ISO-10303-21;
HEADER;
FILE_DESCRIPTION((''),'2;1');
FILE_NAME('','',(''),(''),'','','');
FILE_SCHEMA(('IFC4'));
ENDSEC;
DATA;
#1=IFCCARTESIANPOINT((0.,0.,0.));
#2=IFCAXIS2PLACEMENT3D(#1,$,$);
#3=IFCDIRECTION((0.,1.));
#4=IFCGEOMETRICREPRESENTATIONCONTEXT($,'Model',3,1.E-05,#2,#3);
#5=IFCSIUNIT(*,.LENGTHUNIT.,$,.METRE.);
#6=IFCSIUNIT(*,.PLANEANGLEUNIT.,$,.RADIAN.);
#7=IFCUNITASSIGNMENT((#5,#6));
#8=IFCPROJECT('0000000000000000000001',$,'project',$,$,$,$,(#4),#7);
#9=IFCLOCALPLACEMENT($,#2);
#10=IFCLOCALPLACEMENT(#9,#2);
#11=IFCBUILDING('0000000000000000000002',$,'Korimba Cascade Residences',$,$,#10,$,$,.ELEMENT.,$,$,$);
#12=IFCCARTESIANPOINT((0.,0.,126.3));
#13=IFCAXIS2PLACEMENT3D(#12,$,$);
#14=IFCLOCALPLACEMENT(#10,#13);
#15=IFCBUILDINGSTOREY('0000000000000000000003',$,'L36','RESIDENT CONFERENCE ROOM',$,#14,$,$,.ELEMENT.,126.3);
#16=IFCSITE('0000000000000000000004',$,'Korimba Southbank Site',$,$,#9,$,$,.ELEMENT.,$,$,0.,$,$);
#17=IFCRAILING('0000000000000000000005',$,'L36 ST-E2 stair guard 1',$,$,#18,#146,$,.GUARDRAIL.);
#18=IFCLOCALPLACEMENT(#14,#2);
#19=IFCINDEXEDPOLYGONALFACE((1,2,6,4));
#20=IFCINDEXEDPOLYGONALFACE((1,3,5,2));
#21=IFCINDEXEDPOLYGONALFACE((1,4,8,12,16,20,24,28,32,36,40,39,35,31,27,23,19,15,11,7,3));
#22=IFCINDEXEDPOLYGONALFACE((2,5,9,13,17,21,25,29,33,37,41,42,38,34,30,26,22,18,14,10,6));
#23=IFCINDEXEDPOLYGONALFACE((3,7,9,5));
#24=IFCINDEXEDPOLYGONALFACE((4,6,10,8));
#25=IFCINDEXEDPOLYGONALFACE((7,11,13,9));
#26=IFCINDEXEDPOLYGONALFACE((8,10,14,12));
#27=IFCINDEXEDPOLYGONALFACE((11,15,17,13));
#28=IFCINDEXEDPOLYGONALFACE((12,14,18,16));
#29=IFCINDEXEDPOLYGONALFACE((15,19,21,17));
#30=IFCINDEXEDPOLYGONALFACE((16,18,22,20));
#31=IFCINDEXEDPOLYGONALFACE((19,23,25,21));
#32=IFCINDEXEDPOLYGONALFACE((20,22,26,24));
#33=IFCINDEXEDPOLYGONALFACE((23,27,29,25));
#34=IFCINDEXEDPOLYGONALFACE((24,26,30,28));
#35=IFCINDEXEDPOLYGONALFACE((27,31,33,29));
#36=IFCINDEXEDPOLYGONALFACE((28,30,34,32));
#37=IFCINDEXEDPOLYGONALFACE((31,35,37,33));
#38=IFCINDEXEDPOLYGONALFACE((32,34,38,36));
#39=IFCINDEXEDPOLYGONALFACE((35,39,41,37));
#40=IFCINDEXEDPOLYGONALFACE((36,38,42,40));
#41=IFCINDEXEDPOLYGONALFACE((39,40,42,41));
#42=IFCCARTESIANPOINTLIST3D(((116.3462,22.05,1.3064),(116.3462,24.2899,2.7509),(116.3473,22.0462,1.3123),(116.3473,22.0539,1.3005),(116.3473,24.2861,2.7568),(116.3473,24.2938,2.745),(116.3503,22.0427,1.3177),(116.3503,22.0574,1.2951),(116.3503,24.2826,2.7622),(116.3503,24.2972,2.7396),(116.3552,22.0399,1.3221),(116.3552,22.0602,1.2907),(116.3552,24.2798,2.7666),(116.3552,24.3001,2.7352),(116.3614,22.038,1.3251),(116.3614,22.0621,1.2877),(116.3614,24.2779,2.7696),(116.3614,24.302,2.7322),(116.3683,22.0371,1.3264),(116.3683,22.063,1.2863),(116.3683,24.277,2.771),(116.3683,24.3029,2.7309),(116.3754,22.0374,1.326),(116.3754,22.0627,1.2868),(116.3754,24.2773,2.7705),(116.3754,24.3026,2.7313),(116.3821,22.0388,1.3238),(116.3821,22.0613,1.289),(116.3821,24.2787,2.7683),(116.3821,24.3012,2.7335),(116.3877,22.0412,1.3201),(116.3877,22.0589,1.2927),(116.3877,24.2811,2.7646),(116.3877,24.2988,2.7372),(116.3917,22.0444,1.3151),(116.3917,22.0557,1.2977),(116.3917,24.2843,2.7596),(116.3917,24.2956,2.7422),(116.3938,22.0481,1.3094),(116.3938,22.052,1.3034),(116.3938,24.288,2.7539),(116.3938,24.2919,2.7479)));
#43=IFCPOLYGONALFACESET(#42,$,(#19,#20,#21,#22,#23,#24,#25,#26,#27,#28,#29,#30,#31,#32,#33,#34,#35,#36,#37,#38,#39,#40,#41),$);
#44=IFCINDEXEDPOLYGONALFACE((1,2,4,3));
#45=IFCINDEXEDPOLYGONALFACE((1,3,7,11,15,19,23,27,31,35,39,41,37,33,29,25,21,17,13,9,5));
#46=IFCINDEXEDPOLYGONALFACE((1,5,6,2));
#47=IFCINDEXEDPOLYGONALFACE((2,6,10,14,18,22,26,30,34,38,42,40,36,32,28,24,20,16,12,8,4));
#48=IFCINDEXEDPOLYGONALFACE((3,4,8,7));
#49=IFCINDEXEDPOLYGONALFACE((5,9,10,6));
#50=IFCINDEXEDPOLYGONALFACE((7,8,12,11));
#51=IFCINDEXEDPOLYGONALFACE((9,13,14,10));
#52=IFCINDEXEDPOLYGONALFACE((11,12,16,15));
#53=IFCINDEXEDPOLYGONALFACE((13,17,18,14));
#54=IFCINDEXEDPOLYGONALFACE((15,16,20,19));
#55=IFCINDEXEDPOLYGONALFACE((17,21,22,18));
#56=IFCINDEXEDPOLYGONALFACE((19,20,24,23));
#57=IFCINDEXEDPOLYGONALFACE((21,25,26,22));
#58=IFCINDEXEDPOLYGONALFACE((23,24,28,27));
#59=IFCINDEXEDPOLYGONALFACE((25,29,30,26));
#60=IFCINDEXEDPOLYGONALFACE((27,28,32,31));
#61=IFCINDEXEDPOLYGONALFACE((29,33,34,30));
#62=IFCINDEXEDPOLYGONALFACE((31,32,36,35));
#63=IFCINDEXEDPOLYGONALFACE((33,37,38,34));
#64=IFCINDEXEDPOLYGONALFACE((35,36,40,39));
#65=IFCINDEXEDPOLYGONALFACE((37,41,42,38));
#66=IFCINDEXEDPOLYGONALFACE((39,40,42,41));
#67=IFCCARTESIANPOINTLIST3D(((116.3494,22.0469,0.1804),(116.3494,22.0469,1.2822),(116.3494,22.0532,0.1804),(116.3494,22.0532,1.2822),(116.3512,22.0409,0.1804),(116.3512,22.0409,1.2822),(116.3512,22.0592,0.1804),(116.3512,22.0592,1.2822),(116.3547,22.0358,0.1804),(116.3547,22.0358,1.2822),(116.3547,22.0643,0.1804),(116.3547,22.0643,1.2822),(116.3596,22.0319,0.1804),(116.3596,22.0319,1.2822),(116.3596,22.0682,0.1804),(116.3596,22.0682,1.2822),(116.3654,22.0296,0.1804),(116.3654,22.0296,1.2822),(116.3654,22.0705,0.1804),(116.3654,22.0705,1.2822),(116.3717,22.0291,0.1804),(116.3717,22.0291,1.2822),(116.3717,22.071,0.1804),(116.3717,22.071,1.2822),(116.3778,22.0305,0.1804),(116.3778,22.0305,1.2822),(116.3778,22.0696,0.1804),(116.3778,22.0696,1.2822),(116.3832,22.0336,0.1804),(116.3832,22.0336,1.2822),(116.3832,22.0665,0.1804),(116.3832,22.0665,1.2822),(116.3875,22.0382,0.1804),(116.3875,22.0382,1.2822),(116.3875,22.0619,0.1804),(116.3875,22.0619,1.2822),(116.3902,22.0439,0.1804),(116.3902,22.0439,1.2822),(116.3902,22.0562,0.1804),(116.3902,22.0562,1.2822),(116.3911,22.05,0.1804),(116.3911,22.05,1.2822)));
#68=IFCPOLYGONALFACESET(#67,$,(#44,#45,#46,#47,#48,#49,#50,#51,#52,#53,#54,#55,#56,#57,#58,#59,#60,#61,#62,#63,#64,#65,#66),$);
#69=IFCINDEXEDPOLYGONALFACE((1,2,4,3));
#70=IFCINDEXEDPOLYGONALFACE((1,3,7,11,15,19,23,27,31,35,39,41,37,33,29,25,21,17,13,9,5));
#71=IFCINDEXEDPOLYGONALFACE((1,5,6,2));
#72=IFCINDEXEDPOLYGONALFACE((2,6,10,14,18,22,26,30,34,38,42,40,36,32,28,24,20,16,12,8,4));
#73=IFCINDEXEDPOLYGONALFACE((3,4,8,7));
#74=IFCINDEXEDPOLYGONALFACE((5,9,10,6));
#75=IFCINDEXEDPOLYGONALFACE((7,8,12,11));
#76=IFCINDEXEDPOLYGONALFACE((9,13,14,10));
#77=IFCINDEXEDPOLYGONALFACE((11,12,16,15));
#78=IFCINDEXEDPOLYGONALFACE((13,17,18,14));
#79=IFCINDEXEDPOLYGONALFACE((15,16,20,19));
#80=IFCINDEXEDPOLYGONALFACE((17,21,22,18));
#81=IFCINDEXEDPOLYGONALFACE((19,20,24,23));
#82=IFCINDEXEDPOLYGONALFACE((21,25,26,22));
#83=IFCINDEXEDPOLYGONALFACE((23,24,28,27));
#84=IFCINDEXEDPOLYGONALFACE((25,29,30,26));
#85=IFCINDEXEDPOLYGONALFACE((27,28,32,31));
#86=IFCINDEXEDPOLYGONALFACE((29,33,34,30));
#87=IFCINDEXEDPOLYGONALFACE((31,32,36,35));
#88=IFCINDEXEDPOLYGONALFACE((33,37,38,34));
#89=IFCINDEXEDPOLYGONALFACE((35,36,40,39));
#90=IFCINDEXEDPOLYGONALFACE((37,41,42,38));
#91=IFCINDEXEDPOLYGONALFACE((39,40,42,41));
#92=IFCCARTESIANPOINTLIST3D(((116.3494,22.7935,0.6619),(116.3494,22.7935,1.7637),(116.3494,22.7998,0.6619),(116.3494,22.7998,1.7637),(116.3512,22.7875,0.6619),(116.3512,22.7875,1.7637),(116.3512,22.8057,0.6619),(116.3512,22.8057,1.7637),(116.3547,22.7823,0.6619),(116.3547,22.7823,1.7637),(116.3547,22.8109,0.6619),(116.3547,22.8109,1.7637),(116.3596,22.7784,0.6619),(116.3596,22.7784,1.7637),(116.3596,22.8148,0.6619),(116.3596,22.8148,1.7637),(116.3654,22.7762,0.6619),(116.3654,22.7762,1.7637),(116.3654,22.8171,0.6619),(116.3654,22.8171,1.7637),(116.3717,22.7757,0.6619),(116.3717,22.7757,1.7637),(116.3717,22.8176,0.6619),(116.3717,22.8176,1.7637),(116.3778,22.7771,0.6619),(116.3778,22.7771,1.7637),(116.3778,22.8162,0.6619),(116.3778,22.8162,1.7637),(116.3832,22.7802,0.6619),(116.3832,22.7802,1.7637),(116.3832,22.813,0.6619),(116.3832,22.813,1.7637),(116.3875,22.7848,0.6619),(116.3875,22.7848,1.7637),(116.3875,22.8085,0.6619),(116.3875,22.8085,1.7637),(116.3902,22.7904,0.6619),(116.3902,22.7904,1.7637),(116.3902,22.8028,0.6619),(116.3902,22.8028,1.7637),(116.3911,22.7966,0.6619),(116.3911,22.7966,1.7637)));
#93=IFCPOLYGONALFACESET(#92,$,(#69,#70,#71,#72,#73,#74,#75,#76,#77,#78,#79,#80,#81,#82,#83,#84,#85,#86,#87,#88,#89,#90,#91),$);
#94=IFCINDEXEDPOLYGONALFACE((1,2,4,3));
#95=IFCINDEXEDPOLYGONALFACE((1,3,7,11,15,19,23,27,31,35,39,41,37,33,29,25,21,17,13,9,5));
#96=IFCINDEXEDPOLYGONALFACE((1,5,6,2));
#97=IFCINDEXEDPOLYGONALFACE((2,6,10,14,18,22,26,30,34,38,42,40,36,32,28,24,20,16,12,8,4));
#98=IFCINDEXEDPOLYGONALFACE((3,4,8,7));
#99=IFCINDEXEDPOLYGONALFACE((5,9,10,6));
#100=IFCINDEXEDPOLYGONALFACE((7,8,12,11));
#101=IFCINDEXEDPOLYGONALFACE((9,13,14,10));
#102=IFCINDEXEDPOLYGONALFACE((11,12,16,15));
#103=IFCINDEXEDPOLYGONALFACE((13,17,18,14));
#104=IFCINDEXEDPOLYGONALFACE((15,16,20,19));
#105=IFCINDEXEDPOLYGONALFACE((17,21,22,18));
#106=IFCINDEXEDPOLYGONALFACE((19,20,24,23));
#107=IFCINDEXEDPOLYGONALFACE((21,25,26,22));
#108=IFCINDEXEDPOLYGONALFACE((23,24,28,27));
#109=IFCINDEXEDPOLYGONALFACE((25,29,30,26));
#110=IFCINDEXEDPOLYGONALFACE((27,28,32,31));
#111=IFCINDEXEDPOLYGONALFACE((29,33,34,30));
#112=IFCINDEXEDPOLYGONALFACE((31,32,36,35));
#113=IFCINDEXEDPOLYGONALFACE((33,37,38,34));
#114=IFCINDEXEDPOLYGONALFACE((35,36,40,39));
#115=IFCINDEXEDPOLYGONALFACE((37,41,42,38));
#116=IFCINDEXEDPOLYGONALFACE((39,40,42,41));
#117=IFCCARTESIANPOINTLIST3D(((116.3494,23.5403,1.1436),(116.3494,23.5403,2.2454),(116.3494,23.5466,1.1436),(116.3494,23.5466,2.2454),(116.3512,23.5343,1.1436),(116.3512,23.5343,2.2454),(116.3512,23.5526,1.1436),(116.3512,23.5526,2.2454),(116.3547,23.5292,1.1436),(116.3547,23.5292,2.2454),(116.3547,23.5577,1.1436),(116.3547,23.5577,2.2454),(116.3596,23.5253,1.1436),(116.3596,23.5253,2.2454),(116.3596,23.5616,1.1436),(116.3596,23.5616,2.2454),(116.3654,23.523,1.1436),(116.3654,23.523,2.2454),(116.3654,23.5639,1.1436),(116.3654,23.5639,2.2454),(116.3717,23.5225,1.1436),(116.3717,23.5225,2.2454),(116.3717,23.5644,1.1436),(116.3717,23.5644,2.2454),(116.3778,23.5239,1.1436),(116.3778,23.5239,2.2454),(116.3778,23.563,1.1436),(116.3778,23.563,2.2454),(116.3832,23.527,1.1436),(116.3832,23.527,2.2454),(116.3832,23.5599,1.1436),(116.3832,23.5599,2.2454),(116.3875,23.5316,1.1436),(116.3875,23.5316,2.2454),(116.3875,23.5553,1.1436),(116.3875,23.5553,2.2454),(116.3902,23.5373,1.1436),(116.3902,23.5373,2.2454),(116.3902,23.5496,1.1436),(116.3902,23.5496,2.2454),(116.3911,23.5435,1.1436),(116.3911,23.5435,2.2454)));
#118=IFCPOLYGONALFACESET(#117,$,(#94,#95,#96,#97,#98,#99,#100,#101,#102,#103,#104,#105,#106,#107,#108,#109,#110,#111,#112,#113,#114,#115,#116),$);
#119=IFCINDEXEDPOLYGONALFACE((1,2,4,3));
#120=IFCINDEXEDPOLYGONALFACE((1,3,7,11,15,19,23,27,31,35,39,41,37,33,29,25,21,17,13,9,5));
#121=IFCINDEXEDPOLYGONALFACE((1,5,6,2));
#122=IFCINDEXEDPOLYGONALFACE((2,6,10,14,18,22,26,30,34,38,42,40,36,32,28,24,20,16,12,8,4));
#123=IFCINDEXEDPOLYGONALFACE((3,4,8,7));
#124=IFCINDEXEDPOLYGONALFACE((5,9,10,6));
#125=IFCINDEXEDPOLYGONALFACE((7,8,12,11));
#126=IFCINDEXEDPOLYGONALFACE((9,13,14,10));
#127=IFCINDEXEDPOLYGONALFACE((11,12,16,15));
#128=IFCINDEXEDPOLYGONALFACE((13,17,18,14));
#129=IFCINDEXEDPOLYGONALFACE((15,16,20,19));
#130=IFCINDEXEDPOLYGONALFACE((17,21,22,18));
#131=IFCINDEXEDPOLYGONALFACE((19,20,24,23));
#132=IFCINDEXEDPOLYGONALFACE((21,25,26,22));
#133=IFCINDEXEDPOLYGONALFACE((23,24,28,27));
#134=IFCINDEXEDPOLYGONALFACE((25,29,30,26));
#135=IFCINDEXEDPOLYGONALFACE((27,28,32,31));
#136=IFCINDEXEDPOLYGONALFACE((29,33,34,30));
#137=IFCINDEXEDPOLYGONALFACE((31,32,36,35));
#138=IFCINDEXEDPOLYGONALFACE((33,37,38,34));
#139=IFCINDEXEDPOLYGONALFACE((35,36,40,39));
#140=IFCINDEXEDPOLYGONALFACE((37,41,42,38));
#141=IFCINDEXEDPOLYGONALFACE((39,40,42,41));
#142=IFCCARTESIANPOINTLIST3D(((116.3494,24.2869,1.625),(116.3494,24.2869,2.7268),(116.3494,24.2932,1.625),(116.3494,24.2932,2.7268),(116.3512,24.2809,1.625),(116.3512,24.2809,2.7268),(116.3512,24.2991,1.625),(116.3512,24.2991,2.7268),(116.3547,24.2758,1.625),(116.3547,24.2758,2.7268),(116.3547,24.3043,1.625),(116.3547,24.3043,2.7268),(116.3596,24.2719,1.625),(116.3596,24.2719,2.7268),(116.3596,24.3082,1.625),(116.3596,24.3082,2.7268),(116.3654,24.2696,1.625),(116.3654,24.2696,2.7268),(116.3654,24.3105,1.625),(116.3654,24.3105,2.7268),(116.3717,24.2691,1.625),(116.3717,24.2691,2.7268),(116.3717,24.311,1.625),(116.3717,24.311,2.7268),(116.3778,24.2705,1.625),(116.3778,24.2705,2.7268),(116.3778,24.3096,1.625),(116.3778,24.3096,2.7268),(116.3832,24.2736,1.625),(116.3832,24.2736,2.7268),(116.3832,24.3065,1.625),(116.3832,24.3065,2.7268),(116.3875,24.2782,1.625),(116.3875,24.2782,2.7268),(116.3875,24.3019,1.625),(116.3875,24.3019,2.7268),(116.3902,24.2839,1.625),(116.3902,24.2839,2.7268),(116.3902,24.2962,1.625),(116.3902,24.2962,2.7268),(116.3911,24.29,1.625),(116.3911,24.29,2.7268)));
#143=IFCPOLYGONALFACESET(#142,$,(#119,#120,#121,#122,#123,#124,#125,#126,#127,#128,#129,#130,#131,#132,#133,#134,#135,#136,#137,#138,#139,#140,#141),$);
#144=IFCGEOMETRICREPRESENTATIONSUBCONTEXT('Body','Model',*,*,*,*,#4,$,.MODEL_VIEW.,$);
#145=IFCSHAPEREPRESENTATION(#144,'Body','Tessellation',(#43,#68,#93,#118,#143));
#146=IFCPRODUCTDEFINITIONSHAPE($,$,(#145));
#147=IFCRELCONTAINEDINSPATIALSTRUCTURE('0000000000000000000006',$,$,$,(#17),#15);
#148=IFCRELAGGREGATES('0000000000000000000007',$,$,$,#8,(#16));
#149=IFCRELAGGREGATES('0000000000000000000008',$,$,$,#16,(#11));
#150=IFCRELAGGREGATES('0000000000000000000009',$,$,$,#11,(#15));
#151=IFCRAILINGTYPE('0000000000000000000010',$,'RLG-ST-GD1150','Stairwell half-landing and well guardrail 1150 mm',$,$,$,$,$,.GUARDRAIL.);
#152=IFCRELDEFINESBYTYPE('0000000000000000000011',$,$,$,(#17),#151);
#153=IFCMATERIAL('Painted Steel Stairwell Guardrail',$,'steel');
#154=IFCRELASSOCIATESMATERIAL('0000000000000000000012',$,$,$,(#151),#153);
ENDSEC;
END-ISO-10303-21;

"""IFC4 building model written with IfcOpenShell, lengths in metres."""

from ifc_helpers import new_model, si_unit, direction, frame, origin, origin_2d, place, context, subcontext, project, spatial, circle, extrude, material, type_object, element, save


model = new_model("IFC4")

# Units and contexts
model_context = context("Model", 3, precision=1e-05, world=origin(), true_north=direction((0.0, 1.0)))
body_context = subcontext(model_context, "Body", "Model", "MODEL_VIEW")
ifc_project = project(units=[si_unit("LENGTHUNIT", "METRE"), si_unit("PLANEANGLEUNIT", "RADIAN")], contexts=[model_context])

# Site, building, storey
site_placement = place(None, origin())
site = spatial("IfcSite", under=ifc_project, at=site_placement, Name="Korimba Southbank Site", CompositionType="ELEMENT", RefElevation=0.0)
building_placement = place(site_placement, origin())
building = spatial("IfcBuilding", under=site, at=building_placement, Name="Korimba Cascade Residences", CompositionType="ELEMENT")
storey_placement = place(building_placement, frame((0.0, 0.0, 126.3)))
storey = spatial("IfcBuildingStorey", under=building, at=storey_placement, Name="L36", Description="RESIDENT CONFERENCE ROOM", CompositionType="ELEMENT", Elevation=126.3)

# Railing
ifc_material_1 = material(Name="Painted Steel Stairwell Guardrail", Category="steel")
railing_type_1 = type_object("IfcRailingType", Name="RLG-ST-GD1150", Description="Stairwell half-landing and well guardrail 1150 mm", PredefinedType="GUARDRAIL", material=ifc_material_1)
railing_1_placement = place(storey_placement, frame((116.3701, 22.05, 0.1804)))
element("IfcRailing", 1, at=railing_1_placement, inside=storey, type_object=railing_type_1, Name="L36 ST-E2 stair guard 1", PredefinedType="GUARDRAIL", context=body_context, shape_type="SweptSolid", body=[
    extrude(circle(Radius=0.0239, at=origin_2d()), frame((0.0, 0.0, 1.126), z_axis=(0.0, 0.840395, 0.541975), x_axis=(-1.0, 0.0, 0.0)), (0.0, 0.0, 1.0), 2.6653),
    extrude(circle(Radius=0.021, at=origin_2d()), origin(), (0.0, 0.0, 1.0), 1.1018),
    extrude(circle(Radius=0.021, at=origin_2d()), frame((0.0, 0.7466, 0.4814)), (0.0, 0.0, 1.0), 1.1018),
    extrude(circle(Radius=0.021, at=origin_2d()), frame((0.0, 1.4934, 0.9631)), (0.0, 0.0, 1.0), 1.1018),
    extrude(circle(Radius=0.021, at=origin_2d()), frame((0.0, 2.24, 1.4446)), (0.0, 0.0, 1.0), 1.1018),
])

save(model, "model.ifc")
